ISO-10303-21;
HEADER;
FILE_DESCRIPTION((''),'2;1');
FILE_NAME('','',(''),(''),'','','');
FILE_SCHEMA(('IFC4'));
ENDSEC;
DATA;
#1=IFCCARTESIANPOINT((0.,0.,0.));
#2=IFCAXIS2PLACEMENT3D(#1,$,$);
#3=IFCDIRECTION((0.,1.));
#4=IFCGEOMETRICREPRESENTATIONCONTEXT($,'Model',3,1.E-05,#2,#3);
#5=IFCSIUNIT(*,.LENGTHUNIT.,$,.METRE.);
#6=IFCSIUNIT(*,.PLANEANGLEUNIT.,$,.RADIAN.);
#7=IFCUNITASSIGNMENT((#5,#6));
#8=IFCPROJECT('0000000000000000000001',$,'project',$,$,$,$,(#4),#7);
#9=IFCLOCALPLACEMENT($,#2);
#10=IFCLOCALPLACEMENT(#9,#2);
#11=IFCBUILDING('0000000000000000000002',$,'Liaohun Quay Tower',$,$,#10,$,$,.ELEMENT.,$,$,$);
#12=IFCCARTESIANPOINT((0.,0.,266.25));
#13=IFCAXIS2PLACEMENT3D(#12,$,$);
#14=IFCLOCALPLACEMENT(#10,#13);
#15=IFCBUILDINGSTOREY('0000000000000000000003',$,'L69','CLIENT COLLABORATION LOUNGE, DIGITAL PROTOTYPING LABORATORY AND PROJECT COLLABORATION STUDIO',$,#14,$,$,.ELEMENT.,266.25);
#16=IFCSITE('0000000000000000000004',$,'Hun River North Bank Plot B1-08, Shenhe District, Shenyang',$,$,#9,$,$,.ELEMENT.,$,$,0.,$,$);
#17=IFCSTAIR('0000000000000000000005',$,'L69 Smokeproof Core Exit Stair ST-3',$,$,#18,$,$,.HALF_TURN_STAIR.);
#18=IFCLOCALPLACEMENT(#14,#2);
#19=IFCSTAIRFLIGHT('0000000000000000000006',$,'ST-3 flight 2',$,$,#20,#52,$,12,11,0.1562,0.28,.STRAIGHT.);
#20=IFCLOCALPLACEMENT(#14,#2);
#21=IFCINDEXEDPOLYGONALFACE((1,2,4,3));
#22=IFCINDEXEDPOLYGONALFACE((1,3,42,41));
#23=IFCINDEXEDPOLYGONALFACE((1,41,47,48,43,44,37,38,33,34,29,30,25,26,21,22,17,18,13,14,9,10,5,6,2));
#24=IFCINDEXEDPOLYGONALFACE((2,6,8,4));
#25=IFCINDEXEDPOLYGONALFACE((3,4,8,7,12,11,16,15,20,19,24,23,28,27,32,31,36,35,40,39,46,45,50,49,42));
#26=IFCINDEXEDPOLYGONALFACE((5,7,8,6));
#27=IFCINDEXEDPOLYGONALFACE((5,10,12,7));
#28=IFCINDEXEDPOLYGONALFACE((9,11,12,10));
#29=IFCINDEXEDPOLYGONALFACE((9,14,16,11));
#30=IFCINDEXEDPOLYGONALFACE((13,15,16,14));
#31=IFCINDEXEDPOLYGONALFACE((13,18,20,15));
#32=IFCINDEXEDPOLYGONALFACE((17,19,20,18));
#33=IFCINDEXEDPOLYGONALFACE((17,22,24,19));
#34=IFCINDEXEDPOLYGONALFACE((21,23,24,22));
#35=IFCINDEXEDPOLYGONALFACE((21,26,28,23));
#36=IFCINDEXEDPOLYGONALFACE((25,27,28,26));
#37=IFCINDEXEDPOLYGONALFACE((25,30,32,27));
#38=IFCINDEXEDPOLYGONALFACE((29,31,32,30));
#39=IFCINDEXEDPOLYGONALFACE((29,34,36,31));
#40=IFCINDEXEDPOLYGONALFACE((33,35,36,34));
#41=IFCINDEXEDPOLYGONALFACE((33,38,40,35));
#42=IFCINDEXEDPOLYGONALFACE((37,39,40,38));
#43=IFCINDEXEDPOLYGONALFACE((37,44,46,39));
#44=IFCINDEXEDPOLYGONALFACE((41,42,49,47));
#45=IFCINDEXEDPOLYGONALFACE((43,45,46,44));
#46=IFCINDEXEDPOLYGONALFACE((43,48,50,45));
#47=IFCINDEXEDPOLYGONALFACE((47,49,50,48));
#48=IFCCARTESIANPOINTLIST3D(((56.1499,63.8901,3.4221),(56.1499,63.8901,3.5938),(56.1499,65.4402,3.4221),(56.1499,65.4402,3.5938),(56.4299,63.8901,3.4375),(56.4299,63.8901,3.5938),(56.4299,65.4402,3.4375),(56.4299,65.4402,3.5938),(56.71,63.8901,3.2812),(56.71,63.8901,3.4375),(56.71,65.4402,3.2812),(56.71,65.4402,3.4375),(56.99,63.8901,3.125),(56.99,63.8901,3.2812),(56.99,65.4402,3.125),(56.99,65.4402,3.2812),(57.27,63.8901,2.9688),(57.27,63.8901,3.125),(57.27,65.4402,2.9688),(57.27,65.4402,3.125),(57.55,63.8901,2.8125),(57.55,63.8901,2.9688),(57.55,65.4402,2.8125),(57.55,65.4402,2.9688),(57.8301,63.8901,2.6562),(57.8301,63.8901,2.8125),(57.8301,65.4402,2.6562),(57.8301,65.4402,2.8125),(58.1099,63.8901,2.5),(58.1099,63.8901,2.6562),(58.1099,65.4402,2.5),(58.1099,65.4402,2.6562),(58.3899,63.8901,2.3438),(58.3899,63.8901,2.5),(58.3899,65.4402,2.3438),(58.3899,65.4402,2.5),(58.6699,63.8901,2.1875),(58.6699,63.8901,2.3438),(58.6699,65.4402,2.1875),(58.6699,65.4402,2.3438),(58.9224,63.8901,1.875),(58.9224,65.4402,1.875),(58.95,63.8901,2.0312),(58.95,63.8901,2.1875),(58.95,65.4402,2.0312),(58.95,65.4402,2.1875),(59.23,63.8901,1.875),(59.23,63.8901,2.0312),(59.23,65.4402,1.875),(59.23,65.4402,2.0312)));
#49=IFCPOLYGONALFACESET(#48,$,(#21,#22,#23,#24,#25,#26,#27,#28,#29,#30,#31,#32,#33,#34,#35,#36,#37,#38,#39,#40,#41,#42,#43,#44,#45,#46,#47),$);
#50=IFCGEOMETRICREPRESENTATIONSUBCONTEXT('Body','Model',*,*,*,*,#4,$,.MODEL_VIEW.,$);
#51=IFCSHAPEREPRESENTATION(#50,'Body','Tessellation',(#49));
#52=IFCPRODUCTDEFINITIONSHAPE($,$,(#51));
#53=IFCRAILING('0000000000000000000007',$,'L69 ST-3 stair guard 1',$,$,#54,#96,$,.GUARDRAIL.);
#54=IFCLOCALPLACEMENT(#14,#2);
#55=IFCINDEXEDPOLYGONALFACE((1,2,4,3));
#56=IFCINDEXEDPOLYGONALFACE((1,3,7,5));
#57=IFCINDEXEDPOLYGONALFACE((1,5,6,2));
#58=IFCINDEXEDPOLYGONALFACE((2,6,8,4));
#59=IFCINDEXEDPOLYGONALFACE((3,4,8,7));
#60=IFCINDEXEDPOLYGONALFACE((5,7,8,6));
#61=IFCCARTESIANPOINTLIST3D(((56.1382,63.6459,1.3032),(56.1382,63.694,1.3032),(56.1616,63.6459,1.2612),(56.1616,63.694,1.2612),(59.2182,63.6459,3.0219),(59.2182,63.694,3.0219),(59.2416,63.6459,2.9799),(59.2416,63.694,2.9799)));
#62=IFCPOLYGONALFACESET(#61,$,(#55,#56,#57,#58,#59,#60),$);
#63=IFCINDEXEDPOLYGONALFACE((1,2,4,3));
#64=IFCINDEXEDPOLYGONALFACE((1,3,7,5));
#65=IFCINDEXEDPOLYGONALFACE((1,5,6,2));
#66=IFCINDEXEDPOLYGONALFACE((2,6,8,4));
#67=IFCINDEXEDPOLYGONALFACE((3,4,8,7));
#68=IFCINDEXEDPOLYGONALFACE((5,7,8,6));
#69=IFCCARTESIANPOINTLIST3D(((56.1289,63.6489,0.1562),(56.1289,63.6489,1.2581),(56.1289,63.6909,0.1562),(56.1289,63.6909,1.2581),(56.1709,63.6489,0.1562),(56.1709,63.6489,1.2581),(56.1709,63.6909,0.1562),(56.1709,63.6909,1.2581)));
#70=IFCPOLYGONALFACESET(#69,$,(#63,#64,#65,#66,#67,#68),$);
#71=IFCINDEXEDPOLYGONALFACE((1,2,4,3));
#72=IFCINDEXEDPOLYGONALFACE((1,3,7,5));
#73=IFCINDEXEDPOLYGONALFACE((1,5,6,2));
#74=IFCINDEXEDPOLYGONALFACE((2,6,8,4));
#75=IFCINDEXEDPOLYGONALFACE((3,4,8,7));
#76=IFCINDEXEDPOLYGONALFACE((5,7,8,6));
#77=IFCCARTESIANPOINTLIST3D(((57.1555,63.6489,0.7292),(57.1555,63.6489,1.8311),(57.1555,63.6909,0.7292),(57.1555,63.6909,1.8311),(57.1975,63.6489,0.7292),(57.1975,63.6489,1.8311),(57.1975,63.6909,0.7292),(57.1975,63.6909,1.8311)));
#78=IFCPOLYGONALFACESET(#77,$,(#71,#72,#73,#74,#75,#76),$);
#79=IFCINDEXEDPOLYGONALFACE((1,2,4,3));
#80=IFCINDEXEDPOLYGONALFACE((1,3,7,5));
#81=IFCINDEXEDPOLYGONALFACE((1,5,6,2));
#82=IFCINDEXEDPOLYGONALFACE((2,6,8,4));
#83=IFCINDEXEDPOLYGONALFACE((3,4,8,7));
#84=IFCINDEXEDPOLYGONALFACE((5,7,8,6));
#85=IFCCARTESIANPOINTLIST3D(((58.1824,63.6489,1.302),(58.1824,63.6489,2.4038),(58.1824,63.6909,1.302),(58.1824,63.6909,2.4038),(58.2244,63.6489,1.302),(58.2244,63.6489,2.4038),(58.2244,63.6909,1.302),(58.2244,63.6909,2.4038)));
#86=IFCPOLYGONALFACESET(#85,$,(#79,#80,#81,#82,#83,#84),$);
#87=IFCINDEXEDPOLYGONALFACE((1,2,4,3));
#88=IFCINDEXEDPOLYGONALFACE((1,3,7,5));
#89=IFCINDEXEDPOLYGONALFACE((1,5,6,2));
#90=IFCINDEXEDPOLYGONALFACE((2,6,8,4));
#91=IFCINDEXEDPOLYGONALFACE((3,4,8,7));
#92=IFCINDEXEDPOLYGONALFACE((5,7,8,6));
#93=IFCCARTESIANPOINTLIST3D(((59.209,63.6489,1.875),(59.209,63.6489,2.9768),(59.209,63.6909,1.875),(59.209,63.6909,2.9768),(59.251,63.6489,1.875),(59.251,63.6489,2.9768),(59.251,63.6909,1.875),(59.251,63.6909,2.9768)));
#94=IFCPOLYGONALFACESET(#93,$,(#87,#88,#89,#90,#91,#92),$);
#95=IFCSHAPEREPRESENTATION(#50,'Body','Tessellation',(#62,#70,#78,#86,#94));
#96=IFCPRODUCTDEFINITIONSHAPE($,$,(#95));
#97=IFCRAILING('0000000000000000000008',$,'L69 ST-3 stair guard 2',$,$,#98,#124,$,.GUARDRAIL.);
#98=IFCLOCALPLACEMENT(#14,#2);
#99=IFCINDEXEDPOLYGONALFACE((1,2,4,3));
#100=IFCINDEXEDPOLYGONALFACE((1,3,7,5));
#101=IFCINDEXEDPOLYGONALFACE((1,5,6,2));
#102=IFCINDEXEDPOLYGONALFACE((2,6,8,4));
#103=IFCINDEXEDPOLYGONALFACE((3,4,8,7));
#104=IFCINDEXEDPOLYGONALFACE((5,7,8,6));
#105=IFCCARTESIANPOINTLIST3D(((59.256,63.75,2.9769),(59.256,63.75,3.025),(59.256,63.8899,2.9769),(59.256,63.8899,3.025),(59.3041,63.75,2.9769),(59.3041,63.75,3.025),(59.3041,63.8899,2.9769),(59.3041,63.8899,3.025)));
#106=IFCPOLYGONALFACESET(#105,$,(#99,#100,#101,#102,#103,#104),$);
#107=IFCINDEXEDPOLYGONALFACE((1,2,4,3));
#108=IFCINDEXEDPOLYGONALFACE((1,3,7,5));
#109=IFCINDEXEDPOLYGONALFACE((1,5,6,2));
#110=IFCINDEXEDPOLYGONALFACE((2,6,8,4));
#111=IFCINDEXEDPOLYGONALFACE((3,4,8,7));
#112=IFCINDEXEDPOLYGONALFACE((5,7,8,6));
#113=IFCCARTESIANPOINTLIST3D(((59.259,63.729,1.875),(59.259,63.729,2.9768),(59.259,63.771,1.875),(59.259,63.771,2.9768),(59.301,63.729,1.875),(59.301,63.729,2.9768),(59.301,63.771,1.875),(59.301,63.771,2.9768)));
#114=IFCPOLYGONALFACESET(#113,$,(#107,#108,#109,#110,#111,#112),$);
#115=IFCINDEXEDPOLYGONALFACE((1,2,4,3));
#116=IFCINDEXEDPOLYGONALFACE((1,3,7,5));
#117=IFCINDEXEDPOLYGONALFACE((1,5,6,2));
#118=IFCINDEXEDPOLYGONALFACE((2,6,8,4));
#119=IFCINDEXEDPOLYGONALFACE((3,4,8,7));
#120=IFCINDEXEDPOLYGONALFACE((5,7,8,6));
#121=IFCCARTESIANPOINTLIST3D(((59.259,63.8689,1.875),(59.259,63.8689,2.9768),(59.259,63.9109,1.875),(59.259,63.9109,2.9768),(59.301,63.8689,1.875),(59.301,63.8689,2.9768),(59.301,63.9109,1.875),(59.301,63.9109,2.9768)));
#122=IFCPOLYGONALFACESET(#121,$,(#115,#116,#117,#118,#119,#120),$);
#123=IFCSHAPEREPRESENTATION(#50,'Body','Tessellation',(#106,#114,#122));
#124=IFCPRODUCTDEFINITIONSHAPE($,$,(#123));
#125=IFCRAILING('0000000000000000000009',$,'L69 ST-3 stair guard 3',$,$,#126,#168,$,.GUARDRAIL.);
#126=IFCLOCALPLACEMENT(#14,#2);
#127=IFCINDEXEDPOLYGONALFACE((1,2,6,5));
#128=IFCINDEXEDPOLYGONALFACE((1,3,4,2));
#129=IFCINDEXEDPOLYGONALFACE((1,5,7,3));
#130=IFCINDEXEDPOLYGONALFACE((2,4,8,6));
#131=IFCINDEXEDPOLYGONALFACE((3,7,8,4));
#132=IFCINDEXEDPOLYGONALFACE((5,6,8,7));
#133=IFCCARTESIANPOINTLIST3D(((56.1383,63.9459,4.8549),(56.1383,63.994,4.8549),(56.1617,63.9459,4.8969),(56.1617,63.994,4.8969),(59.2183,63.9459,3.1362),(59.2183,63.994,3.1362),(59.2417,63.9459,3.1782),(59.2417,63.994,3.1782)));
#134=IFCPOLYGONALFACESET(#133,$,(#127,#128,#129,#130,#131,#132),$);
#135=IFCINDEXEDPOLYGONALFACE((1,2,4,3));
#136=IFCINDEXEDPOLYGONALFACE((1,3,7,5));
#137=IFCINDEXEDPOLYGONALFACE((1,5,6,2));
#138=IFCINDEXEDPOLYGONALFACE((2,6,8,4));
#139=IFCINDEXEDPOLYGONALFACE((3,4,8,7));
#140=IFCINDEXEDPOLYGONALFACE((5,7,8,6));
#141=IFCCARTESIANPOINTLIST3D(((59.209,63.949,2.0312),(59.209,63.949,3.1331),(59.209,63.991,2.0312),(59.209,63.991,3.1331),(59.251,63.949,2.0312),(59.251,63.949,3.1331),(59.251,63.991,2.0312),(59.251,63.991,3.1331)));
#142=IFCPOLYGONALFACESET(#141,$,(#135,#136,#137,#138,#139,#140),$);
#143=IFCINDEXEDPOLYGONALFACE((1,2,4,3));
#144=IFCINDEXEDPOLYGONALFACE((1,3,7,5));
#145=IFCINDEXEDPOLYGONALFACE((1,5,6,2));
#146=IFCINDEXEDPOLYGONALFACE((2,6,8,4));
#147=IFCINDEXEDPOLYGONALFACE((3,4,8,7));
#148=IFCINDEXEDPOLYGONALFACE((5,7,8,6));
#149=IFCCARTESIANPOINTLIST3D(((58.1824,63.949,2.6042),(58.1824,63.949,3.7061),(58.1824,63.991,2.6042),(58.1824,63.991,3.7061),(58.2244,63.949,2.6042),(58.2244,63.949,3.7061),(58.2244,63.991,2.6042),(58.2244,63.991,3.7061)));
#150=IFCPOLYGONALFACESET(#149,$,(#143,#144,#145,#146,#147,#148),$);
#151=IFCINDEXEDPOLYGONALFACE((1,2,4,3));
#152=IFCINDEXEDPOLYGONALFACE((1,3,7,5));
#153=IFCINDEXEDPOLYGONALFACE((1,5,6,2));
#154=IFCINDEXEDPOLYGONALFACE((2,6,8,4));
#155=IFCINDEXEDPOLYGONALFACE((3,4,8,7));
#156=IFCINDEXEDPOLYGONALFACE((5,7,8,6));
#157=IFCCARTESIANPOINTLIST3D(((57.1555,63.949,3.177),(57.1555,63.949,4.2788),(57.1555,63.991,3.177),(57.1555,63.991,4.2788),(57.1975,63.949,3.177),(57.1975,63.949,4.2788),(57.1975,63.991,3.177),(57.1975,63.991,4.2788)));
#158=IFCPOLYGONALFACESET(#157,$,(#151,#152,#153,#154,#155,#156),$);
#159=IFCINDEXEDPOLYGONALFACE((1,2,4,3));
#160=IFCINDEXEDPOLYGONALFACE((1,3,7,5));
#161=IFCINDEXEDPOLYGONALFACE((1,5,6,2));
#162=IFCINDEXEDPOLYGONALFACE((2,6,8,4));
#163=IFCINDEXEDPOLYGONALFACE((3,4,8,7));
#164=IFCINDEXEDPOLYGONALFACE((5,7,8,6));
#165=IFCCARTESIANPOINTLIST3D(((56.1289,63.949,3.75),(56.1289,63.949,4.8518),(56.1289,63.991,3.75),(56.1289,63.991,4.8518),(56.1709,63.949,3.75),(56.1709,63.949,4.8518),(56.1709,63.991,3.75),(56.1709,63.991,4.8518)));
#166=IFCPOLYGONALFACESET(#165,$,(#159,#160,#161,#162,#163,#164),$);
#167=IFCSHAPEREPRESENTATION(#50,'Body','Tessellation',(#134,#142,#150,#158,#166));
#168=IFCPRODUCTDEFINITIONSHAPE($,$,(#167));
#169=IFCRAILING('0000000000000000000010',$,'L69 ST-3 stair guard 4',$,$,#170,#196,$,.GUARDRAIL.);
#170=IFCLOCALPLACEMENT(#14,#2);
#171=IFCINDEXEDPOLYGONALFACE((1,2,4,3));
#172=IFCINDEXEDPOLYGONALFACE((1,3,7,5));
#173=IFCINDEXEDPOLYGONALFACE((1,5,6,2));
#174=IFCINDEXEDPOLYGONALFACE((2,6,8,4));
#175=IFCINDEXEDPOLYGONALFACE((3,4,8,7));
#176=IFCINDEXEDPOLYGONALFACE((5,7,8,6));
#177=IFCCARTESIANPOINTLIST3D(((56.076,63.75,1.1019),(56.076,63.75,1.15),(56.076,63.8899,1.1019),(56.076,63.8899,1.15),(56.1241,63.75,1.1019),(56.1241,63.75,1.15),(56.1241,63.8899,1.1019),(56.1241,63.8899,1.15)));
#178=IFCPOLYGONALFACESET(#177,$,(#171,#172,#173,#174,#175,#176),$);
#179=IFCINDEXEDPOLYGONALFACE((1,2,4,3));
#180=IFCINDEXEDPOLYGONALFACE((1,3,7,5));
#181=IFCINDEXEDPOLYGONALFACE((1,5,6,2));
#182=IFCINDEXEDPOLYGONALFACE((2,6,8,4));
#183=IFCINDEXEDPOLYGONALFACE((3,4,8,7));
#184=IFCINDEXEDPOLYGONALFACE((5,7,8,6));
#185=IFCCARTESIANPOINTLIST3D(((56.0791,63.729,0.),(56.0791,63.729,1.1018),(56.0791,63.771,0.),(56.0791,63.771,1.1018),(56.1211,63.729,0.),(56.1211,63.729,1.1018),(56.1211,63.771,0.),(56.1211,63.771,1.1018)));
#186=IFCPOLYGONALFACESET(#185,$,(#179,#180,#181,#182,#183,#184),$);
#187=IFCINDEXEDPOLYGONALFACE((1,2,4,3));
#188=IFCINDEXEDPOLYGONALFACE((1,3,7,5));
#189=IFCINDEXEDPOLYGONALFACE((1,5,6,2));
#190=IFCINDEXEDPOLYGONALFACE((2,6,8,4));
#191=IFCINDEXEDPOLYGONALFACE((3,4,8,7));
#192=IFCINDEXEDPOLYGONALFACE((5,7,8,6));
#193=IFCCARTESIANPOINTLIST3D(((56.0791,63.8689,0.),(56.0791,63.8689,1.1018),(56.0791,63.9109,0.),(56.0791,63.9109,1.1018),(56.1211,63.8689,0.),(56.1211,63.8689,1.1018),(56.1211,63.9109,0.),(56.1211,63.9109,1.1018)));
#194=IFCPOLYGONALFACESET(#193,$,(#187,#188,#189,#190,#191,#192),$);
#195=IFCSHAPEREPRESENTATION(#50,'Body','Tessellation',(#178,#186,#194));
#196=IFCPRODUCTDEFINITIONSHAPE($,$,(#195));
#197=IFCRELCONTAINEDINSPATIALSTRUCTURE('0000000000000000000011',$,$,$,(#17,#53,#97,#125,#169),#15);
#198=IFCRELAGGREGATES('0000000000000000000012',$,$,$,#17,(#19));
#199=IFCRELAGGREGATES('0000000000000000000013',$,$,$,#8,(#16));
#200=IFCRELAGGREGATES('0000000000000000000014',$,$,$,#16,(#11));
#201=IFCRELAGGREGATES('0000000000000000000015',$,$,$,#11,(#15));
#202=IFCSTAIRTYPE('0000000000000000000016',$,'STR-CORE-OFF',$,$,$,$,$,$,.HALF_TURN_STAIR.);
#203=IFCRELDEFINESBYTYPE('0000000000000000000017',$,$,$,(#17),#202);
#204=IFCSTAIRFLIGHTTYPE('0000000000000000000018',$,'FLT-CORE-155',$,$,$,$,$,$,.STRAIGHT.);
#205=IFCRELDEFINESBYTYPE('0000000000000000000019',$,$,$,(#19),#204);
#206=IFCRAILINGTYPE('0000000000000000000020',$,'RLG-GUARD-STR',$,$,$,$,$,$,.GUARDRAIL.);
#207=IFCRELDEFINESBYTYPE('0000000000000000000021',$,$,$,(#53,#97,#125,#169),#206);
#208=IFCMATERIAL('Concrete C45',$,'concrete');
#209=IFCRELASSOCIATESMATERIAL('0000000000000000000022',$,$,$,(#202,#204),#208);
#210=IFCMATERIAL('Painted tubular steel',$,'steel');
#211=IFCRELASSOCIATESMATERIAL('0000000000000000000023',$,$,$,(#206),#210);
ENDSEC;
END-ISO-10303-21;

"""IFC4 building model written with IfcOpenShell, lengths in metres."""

from ifc_helpers import new_model, si_unit, direction, frame, origin, origin_2d, place, context, subcontext, project, spatial, polyline, rectangle, outline, extrude, material, type_object, element, aggregate, save


model = new_model("IFC4")

# Units and contexts
model_context = context("Model", 3, precision=1e-05, world=origin(), true_north=direction((0.0, 1.0)))
body_context = subcontext(model_context, "Body", "Model", "MODEL_VIEW")
ifc_project = project(units=[si_unit("LENGTHUNIT", "METRE"), si_unit("PLANEANGLEUNIT", "RADIAN")], contexts=[model_context])

# Site, building, storey
site_placement = place(None, origin())
site = spatial("IfcSite", under=ifc_project, at=site_placement, Name="Hun River North Bank Plot B1-08, Shenhe District, Shenyang", CompositionType="ELEMENT", RefElevation=0.0)
building_placement = place(site_placement, origin())
building = spatial("IfcBuilding", under=site, at=building_placement, Name="Liaohun Quay Tower", CompositionType="ELEMENT")
storey_placement = place(building_placement, frame((0.0, 0.0, 266.25)))
storey = spatial("IfcBuildingStorey", under=building, at=storey_placement, Name="L69", Description="CLIENT COLLABORATION LOUNGE, DIGITAL PROTOTYPING LABORATORY AND PROJECT COLLABORATION STUDIO", CompositionType="ELEMENT", Elevation=266.25)

# Stair, stair flight
ifc_material_1 = material(Name="Concrete C45", Category="concrete")
stair_type = type_object("IfcStairType", Name="STR-CORE-OFF", PredefinedType="HALF_TURN_STAIR", material=ifc_material_1)
stair_placement = place(storey_placement, origin())
stair = element("IfcStair", 1, at=stair_placement, inside=storey, type_object=stair_type, Name="L69 Smokeproof Core Exit Stair ST-3", PredefinedType="HALF_TURN_STAIR")
stair_flight_type = type_object("IfcStairFlightType", Name="FLT-CORE-155", PredefinedType="STRAIGHT", material=ifc_material_1)
stair_flight_1_placement = place(storey_placement, frame((59.23, 64.665, 1.875), z_axis=(0.0, 0.0, 1.0), x_axis=(-1.0, 0.0, 0.0)))
stair_flight_1 = element("IfcStairFlight", 2, at=stair_flight_1_placement, type_object=stair_flight_type, Name="ST-3 flight 2", NumberOfRisers=12, NumberOfTreads=11, PredefinedType="STRAIGHT", RiserHeight=0.1562, TreadLength=0.28, context=body_context, shape_type="SweptSolid", body=[
    extrude(outline(polyline([(0.0, 0.0), (0.0, 0.1562), (0.28, 0.1562), (0.28, 0.3125), (0.5601, 0.3125), (0.5601, 0.4688), (0.8401, 0.4688), (0.8401, 0.625), (1.1201, 0.625), (1.1201, 0.7812), (1.3999, 0.7812), (1.3999, 0.9375), (1.6799, 0.9375), (1.6799, 1.0938), (1.96, 1.0938), (1.96, 1.25), (2.24, 1.25), (2.24, 1.4062), (2.52, 1.4062), (2.52, 1.5625), (2.8, 1.5625), (2.8, 1.7188), (3.0801, 1.7188), (3.0801, 1.875), (3.0801, 1.5471), (0.3076, 0.0), (0.0, 0.0)])), frame((0.0, 0.7749, 0.0), z_axis=(0.0, -1.0, 0.0), x_axis=(1.0, 0.0, 0.0)), (0.0, 0.0, 1.0), 1.55),
])
aggregate(stair, [stair_flight_1])

# Railings
ifc_material_2 = material(Name="Painted tubular steel", Category="steel")
railing_type_1 = type_object("IfcRailingType", Name="RLG-GUARD-STR", PredefinedType="GUARDRAIL", material=ifc_material_2)
railing_1_placement = place(storey_placement, frame((56.1499, 63.6699, 0.1562)))
element("IfcRailing", 3, at=railing_1_placement, inside=storey, type_object=railing_type_1, Name="L69 ST-3 stair guard 1", PredefinedType="GUARDRAIL", context=body_context, shape_type="SweptSolid", body=[
    extrude(rectangle(XDim=0.0481, YDim=0.0481, at=origin_2d()), frame((0.0, 0.0, 1.126), z_axis=(0.873242, 0.0, 0.487288), x_axis=(0.0, 1.0, 0.0)), (0.0, 0.0, 1.0), 3.5271),
    extrude(rectangle(XDim=0.042, YDim=0.042, at=origin_2d()), origin(), (0.0, 0.0, 1.0), 1.1018),
    extrude(rectangle(XDim=0.042, YDim=0.042, at=origin_2d()), frame((1.0266, 0.0, 0.573)), (0.0, 0.0, 1.0), 1.1018),
    extrude(rectangle(XDim=0.042, YDim=0.042, at=origin_2d()), frame((2.0535, 0.0, 1.1458)), (0.0, 0.0, 1.0), 1.1018),
    extrude(rectangle(XDim=0.042, YDim=0.042, at=origin_2d()), frame((3.0801, 0.0, 1.7188)), (0.0, 0.0, 1.0), 1.1018),
])
railing_2_placement = place(storey_placement, frame((59.28, 63.75, 1.875)))
element("IfcRailing", 4, at=railing_2_placement, inside=storey, type_object=railing_type_1, Name="L69 ST-3 stair guard 2", PredefinedType="GUARDRAIL", context=body_context, shape_type="SweptSolid", body=[
    extrude(rectangle(XDim=0.0481, YDim=0.0481, at=origin_2d()), frame((0.0, 0.0, 1.126), z_axis=(0.0, 1.0, 0.0), x_axis=(-1.0, 0.0, 0.0)), (0.0, 0.0, 1.0), 0.1399),
    extrude(rectangle(XDim=0.042, YDim=0.042, at=origin_2d()), origin(), (0.0, 0.0, 1.0), 1.1018),
    extrude(rectangle(XDim=0.042, YDim=0.042, at=origin_2d()), frame((0.0, 0.1399, 0.0)), (0.0, 0.0, 1.0), 1.1018),
])
railing_3_placement = place(storey_placement, frame((59.23, 63.97, 2.0312)))
element("IfcRailing", 5, at=railing_3_placement, inside=storey, type_object=railing_type_1, Name="L69 ST-3 stair guard 3", PredefinedType="GUARDRAIL", context=body_context, shape_type="SweptSolid", body=[
    extrude(rectangle(XDim=0.0481, YDim=0.0481, at=origin_2d()), frame((0.0, 0.0, 1.126), z_axis=(-0.873242, 0.0, 0.487288), x_axis=(0.0, -1.0, 0.0)), (0.0, 0.0, 1.0), 3.5271),
    extrude(rectangle(XDim=0.042, YDim=0.042, at=origin_2d()), origin(), (0.0, 0.0, 1.0), 1.1018),
    extrude(rectangle(XDim=0.042, YDim=0.042, at=origin_2d()), frame((-1.0266, 0.0, 0.573)), (0.0, 0.0, 1.0), 1.1018),
    extrude(rectangle(XDim=0.042, YDim=0.042, at=origin_2d()), frame((-2.0535, 0.0, 1.1458)), (0.0, 0.0, 1.0), 1.1018),
    extrude(rectangle(XDim=0.042, YDim=0.042, at=origin_2d()), frame((-3.0801, 0.0, 1.7188)), (0.0, 0.0, 1.0), 1.1018),
])
railing_4_placement = place(storey_placement, frame((56.1001, 63.75, 0.0)))
element("IfcRailing", 6, at=railing_4_placement, inside=storey, type_object=railing_type_1, Name="L69 ST-3 stair guard 4", PredefinedType="GUARDRAIL", context=body_context, shape_type="SweptSolid", body=[
    extrude(rectangle(XDim=0.0481, YDim=0.0481, at=origin_2d()), frame((0.0, 0.0, 1.126), z_axis=(0.0, 1.0, 0.0), x_axis=(-1.0, 0.0, 0.0)), (0.0, 0.0, 1.0), 0.1399),
    extrude(rectangle(XDim=0.042, YDim=0.042, at=origin_2d()), origin(), (0.0, 0.0, 1.0), 1.1018),
    extrude(rectangle(XDim=0.042, YDim=0.042, at=origin_2d()), frame((0.0, 0.1399, 0.0)), (0.0, 0.0, 1.0), 1.1018),
])

save(model, "model.ifc")
